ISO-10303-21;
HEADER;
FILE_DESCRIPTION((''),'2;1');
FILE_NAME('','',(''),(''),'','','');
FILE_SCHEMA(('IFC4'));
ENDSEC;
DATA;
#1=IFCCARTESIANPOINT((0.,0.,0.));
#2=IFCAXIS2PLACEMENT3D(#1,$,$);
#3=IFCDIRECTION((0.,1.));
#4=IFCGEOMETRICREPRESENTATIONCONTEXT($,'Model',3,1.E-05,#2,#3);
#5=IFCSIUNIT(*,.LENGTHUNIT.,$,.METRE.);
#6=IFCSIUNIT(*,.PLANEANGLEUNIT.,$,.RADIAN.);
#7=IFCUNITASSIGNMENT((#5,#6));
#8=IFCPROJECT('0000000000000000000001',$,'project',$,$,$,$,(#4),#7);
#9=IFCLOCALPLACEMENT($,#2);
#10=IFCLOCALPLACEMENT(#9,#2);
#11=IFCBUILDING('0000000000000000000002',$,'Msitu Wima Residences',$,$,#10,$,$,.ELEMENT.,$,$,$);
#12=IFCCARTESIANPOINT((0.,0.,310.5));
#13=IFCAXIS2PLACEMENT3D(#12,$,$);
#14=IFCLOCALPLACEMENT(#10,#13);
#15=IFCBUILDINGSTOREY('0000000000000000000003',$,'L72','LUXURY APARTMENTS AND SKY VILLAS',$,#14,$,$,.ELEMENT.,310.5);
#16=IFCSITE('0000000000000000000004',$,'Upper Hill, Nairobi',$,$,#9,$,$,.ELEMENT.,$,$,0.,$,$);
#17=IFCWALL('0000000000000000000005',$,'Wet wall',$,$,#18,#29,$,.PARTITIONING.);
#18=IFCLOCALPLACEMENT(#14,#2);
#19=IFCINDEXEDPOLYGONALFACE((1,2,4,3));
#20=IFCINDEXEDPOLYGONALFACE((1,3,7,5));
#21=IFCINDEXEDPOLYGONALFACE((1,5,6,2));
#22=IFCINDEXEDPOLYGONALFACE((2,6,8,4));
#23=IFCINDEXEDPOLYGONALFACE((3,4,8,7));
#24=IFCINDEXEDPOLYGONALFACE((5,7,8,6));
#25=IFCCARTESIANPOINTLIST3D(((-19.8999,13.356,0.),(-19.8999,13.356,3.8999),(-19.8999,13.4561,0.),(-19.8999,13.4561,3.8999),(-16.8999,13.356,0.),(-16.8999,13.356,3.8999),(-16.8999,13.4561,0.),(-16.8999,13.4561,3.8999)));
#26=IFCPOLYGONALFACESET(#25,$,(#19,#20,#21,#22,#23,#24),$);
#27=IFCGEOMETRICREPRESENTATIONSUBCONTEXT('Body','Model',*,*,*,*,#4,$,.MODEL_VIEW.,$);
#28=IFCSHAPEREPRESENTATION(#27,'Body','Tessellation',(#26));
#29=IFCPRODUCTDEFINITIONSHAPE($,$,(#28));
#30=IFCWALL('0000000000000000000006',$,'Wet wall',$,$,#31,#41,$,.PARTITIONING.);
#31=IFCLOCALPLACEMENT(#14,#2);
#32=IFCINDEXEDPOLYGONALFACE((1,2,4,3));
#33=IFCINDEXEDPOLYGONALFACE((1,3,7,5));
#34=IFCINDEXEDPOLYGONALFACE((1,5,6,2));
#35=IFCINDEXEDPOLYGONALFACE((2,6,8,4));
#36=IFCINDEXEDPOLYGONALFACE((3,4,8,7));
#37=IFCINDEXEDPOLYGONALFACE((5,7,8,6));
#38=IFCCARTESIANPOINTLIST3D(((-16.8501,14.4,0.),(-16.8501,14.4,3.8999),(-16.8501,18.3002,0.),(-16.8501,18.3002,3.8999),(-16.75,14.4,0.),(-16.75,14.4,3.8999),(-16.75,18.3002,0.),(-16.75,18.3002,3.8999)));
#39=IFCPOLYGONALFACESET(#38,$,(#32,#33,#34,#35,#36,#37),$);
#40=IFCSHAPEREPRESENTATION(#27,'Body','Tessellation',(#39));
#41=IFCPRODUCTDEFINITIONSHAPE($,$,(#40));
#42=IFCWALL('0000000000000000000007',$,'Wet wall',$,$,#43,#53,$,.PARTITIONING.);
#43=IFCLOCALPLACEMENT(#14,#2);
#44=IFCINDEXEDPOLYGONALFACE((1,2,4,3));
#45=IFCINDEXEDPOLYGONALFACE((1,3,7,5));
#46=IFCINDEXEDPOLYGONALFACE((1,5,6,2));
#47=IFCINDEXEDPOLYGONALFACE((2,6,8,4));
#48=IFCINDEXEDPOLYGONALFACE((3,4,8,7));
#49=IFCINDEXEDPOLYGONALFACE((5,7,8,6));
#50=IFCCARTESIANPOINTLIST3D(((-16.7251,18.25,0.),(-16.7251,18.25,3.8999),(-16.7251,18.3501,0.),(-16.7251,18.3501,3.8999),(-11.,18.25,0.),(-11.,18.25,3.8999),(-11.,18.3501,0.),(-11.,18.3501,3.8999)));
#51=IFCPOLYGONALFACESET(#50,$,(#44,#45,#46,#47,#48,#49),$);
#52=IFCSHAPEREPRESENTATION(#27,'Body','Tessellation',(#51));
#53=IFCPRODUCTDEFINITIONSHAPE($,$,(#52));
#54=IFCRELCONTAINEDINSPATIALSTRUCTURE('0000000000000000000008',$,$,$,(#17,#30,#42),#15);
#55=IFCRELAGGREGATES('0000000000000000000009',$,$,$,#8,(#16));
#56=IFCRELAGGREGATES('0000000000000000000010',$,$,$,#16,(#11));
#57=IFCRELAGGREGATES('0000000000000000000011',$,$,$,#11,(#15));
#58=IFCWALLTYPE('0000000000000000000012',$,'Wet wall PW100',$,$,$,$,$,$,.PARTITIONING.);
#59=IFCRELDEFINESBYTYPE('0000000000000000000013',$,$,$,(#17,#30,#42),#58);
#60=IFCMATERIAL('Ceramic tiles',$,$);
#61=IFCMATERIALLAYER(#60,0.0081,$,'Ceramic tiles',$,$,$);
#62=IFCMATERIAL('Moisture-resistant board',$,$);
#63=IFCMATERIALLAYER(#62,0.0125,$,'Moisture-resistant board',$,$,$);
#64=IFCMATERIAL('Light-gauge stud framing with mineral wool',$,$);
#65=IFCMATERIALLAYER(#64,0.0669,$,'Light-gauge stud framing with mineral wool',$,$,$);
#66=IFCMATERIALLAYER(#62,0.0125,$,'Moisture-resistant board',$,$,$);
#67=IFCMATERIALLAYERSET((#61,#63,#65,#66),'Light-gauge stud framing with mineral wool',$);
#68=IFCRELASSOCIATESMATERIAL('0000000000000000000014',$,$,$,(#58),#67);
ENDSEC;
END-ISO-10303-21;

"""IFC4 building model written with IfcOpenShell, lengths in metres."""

from ifc_helpers import new_model, si_unit, direction, frame, frame_2d, origin, place, context, subcontext, project, spatial, rectangle, extrude, material, layer, layer_set, type_object, element, save


model = new_model("IFC4")

# Units and contexts
model_context = context("Model", 3, precision=1e-05, world=origin(), true_north=direction((0.0, 1.0)))
body_context = subcontext(model_context, "Body", "Model", "MODEL_VIEW")
ifc_project = project(units=[si_unit("LENGTHUNIT", "METRE"), si_unit("PLANEANGLEUNIT", "RADIAN")], contexts=[model_context])

# Site, building, storey
site_placement = place(None, origin())
site = spatial("IfcSite", under=ifc_project, at=site_placement, Name="Upper Hill, Nairobi", CompositionType="ELEMENT", RefElevation=0.0)
building_placement = place(site_placement, origin())
building = spatial("IfcBuilding", under=site, at=building_placement, Name="Msitu Wima Residences", CompositionType="ELEMENT")
storey_placement = place(building_placement, frame((0.0, 0.0, 310.5)))
storey = spatial("IfcBuildingStorey", under=building, at=storey_placement, Name="L72", Description="LUXURY APARTMENTS AND SKY VILLAS", CompositionType="ELEMENT", Elevation=310.5)

# Walls
ifc_material_1 = material(Name="Ceramic tiles")
ifc_layer_1 = layer(ifc_material_1, 0.0081, Name="Ceramic tiles")
ifc_material_2 = material(Name="Moisture-resistant board")
ifc_layer_2 = layer(ifc_material_2, 0.0125, Name="Moisture-resistant board")
ifc_material_3 = material(Name="Light-gauge stud framing with mineral wool")
ifc_layer_3 = layer(ifc_material_3, 0.0669, Name="Light-gauge stud framing with mineral wool")
ifc_layer_4 = layer(ifc_material_2, 0.0125, Name="Moisture-resistant board")
ifc_layer_set_1 = layer_set([ifc_layer_1, ifc_layer_2, ifc_layer_3, ifc_layer_4], Name="Light-gauge stud framing with mineral wool")
wall_type_1 = type_object("IfcWallType", Name="Wet wall PW100", PredefinedType="PARTITIONING", material=ifc_layer_set_1)
wall_1_placement = place(storey_placement, frame((-19.8999, 13.406, 0.0), z_axis=(0.0, 0.0, 1.0), x_axis=(1.0, 0.0, 0.0)))
element("IfcWall", 1, at=wall_1_placement, inside=storey, type_object=wall_type_1, Name="Wet wall", PredefinedType="PARTITIONING", context=body_context, shape_type="SweptSolid", body=[
    extrude(rectangle(XDim=3.0, YDim=0.1001, at=frame_2d((1.5, 0.0))), origin(), (0.0, 0.0, 1.0), 3.8999),
])
wall_2_placement = place(storey_placement, frame((-16.8, 14.3999, 0.0), z_axis=(0.0, 0.0, 1.0), x_axis=(0.0, 1.0, 0.0)))
element("IfcWall", 2, at=wall_2_placement, inside=storey, type_object=wall_type_1, Name="Wet wall", PredefinedType="PARTITIONING", context=body_context, shape_type="SweptSolid", body=[
    extrude(rectangle(XDim=3.9001, YDim=0.1001, at=frame_2d((1.9502, 0.0))), origin(), (0.0, 0.0, 1.0), 3.8999),
])
wall_3_placement = place(storey_placement, frame((-16.7251, 18.3, 0.0), z_axis=(0.0, 0.0, 1.0), x_axis=(1.0, 0.0, 0.0)))
element("IfcWall", 3, at=wall_3_placement, inside=storey, type_object=wall_type_1, Name="Wet wall", PredefinedType="PARTITIONING", context=body_context, shape_type="SweptSolid", body=[
    extrude(rectangle(XDim=5.7251, YDim=0.1001, at=frame_2d((2.8625, 0.0))), origin(), (0.0, 0.0, 1.0), 3.8999),
])

save(model, "model.ifc")
